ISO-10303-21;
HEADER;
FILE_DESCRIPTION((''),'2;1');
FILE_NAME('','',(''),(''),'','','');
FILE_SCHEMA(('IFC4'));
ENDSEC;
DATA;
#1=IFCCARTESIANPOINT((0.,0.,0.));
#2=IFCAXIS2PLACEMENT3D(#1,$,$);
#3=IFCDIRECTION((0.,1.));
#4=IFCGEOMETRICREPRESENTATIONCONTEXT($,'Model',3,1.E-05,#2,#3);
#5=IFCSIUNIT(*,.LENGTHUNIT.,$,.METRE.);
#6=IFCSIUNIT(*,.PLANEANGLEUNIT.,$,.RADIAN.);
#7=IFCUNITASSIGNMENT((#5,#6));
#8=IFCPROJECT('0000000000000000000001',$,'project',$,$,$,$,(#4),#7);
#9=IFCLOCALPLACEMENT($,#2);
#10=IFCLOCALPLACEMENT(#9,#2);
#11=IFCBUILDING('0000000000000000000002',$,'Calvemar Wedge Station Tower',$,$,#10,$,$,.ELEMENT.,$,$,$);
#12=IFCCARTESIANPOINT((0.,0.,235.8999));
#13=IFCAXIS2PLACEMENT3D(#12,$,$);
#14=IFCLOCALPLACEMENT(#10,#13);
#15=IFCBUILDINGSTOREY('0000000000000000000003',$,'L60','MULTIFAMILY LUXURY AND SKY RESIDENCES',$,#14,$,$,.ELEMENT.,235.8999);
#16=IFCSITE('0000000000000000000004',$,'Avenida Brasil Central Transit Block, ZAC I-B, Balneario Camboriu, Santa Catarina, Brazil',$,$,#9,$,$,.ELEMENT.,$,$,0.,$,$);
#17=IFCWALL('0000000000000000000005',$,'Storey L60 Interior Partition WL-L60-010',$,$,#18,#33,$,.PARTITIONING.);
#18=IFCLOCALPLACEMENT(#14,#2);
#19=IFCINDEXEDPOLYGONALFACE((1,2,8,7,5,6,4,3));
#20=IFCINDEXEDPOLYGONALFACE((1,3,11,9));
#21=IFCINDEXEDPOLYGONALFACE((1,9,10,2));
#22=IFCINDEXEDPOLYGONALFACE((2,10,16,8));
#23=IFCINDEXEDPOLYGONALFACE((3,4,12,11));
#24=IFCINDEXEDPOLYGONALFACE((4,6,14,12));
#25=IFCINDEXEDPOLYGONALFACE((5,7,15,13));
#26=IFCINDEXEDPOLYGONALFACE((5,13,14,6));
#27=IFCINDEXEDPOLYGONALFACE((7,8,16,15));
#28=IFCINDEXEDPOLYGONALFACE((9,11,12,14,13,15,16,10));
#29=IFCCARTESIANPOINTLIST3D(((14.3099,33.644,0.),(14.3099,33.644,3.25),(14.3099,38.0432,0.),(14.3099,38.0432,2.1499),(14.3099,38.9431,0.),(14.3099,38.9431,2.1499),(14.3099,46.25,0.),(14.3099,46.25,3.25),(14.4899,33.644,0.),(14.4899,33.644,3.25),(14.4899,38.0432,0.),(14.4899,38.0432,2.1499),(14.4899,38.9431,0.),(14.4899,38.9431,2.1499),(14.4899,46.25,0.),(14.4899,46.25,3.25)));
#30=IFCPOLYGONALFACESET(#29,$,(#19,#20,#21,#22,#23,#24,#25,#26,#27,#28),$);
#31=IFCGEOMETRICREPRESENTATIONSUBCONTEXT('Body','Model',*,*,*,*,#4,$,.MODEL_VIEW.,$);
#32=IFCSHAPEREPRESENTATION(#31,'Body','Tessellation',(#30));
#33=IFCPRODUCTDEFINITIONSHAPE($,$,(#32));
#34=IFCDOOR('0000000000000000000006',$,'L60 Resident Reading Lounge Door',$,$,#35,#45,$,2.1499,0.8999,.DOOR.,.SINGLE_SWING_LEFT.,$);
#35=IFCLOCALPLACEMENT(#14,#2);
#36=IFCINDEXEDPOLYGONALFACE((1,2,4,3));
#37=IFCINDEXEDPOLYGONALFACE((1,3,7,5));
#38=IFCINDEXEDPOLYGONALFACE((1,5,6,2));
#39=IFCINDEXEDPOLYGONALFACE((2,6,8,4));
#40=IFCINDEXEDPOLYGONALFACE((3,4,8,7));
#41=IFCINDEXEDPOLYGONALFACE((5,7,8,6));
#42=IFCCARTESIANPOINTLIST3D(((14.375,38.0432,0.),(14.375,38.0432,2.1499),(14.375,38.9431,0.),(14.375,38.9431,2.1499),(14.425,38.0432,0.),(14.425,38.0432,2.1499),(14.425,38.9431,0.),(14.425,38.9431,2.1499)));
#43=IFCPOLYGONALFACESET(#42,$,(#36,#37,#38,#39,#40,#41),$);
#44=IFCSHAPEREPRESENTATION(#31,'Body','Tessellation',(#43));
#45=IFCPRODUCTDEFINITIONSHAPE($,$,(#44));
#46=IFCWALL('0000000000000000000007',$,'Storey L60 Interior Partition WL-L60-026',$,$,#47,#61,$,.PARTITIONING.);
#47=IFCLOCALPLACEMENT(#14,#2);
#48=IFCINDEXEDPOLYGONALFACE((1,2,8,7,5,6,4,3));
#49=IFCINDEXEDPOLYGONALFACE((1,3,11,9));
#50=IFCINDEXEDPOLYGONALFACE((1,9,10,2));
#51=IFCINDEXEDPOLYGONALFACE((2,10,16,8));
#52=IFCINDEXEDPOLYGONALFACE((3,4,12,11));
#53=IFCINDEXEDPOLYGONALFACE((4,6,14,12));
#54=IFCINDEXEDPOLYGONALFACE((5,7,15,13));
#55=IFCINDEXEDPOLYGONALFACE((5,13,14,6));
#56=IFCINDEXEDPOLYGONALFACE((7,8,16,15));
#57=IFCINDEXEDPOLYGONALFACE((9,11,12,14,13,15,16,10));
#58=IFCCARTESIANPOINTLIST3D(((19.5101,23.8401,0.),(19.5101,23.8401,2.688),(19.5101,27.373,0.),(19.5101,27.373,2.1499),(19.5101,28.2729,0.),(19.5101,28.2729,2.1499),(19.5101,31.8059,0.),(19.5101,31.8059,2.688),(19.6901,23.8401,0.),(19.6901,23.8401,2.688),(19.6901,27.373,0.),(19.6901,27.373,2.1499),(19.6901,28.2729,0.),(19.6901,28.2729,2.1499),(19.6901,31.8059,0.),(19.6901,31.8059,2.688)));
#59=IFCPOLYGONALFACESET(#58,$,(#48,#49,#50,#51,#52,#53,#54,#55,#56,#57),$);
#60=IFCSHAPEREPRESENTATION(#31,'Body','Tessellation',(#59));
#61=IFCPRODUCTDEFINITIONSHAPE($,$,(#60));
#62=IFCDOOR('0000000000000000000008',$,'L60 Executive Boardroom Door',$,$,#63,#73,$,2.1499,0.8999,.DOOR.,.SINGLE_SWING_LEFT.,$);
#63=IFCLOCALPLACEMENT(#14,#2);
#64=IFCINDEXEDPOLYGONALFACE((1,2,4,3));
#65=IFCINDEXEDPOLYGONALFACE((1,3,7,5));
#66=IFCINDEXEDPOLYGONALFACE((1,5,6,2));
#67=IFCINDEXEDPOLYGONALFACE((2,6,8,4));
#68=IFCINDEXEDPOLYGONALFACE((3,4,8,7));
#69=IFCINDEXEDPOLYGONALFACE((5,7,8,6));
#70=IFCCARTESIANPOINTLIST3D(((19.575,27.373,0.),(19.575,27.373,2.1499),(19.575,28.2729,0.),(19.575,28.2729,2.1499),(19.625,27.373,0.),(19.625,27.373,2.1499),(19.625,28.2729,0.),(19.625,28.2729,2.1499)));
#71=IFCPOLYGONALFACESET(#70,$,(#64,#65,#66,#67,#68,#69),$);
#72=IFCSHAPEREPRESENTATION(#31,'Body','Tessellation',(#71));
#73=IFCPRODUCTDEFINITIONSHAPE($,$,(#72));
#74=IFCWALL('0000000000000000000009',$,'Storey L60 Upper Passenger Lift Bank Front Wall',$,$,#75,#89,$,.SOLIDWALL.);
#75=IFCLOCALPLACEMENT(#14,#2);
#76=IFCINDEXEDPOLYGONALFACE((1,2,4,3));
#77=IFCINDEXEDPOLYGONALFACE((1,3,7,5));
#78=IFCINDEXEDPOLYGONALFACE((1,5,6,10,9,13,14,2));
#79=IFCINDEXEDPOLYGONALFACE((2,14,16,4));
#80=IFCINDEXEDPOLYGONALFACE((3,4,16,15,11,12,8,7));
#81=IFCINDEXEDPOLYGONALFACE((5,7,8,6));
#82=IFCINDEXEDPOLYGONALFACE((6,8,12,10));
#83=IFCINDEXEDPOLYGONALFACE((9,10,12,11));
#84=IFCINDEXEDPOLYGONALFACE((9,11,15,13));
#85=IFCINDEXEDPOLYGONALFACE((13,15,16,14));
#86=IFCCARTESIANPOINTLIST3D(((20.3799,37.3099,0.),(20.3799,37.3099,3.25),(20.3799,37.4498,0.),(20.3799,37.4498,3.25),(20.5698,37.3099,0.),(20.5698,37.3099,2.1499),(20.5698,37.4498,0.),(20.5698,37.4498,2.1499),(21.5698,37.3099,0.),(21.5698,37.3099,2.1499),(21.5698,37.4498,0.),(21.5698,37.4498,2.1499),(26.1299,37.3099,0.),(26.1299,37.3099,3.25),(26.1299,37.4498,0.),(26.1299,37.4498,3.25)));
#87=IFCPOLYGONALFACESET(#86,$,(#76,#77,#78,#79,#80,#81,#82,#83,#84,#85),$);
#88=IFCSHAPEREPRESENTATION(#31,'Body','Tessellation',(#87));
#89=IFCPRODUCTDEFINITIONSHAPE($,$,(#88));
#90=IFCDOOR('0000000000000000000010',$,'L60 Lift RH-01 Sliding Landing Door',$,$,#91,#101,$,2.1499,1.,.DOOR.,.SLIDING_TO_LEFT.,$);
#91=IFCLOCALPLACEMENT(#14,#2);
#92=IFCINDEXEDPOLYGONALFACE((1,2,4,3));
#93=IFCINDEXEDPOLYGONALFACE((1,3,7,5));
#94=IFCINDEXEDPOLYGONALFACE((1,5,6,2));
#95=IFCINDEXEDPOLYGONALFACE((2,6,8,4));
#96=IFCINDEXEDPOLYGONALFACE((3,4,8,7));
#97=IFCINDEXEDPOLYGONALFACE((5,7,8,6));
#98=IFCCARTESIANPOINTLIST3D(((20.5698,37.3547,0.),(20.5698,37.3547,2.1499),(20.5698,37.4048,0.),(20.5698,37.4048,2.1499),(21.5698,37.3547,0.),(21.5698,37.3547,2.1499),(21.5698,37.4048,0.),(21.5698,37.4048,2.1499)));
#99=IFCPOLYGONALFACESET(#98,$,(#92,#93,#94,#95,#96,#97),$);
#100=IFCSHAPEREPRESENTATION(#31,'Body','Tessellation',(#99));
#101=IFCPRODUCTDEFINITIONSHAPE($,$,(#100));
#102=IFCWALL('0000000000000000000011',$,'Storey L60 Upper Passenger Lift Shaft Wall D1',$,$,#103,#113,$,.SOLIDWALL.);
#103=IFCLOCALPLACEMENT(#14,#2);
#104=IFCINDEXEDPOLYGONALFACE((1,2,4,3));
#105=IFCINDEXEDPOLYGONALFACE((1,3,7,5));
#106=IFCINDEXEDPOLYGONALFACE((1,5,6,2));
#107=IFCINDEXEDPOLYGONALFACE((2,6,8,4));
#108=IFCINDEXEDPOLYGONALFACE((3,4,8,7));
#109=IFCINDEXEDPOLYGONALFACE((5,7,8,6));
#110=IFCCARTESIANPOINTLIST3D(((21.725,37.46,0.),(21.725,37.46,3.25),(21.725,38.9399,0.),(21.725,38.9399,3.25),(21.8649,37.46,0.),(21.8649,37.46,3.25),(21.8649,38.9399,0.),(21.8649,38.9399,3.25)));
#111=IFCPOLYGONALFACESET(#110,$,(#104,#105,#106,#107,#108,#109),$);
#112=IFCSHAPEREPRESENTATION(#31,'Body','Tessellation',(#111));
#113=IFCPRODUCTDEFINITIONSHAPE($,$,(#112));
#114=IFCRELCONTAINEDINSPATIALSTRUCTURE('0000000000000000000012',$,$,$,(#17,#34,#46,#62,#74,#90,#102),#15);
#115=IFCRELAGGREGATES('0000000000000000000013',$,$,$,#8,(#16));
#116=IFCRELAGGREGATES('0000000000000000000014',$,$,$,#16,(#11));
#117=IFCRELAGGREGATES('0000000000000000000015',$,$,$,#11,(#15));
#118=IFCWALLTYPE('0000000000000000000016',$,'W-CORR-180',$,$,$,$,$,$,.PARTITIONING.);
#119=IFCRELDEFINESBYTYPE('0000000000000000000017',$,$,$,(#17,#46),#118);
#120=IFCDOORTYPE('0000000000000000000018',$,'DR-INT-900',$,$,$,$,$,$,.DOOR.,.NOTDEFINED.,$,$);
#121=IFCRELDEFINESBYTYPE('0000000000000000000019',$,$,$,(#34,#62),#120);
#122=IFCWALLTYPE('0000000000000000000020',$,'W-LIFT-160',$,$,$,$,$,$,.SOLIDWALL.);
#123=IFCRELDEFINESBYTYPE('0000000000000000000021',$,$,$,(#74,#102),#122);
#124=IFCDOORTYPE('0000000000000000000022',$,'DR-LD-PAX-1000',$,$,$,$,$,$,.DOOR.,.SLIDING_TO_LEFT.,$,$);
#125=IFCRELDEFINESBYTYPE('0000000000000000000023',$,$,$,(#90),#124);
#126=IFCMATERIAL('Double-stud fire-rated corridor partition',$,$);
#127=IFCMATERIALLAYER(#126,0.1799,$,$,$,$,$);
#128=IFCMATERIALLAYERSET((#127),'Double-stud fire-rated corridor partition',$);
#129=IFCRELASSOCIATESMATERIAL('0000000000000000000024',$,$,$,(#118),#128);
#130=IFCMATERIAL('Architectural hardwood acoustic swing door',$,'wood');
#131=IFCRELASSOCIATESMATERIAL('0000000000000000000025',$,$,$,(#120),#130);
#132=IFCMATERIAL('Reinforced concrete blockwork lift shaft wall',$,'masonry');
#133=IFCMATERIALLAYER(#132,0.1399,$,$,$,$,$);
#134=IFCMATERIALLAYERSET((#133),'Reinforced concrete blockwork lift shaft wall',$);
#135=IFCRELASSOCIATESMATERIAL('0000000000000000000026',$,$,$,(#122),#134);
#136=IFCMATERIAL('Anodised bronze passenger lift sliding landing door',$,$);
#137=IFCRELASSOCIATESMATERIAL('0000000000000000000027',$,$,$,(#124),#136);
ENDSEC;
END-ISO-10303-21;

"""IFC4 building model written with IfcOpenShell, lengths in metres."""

from ifc_helpers import new_model, si_unit, direction, frame, frame_2d, origin, place, context, subcontext, project, spatial, rectangle, extrude, source, transform, mapped, material, layer, layer_set, type_object, element, fill, save


model = new_model("IFC4")

# Units and contexts
model_context = context("Model", 3, precision=1e-05, world=origin(), true_north=direction((0.0, 1.0)))
body_context = subcontext(model_context, "Body", "Model", "MODEL_VIEW")
ifc_project = project(units=[si_unit("LENGTHUNIT", "METRE"), si_unit("PLANEANGLEUNIT", "RADIAN")], contexts=[model_context])

# Site, building, storey
site_placement = place(None, origin())
site = spatial("IfcSite", under=ifc_project, at=site_placement, Name="Avenida Brasil Central Transit Block, ZAC I-B, Balneario Camboriu, Santa Catarina, Brazil", CompositionType="ELEMENT", RefElevation=0.0)
building_placement = place(site_placement, origin())
building = spatial("IfcBuilding", under=site, at=building_placement, Name="Calvemar Wedge Station Tower", CompositionType="ELEMENT")
storey_placement = place(building_placement, frame((0.0, 0.0, 235.8999)))
storey = spatial("IfcBuildingStorey", under=building, at=storey_placement, Name="L60", Description="MULTIFAMILY LUXURY AND SKY RESIDENCES", CompositionType="ELEMENT", Elevation=235.8999)

# Shared definitions
ifc_material_1 = material(Name="Double-stud fire-rated corridor partition")
ifc_layer_1 = layer(ifc_material_1, 0.1799)
ifc_layer_set_1 = layer_set([ifc_layer_1], Name="Double-stud fire-rated corridor partition")
wall_type_1 = type_object("IfcWallType", Name="W-CORR-180", PredefinedType="PARTITIONING", material=ifc_layer_set_1)
shared_shape_1 = source(origin(), body_context, "Body", "SweptSolid", [
    extrude(rectangle(XDim=0.8999, YDim=2.1499, at=frame_2d((0.45, 1.075))), frame((0.0, 0.1001, 0.0), z_axis=(0.0, -1.0, 0.0), x_axis=(1.0, 0.0, 0.0)), (0.0, 0.0, 1.0), 0.2),
])

# Walls, openings, doors
wall_1_placement = place(storey_placement, frame((14.3999, 33.644, 0.0), z_axis=(0.0, 0.0, 1.0), x_axis=(0.0, 1.0, 0.0)))
wall_1 = element("IfcWall", 1, at=wall_1_placement, inside=storey, type_object=wall_type_1, Name="Storey L60 Interior Partition WL-L60-010", PredefinedType="PARTITIONING", context=body_context, shape_type="SweptSolid", body=[
    extrude(rectangle(XDim=12.606, YDim=0.1799, at=frame_2d((6.303, 0.0))), origin(), (0.0, 0.0, 1.0), 3.25),
])
opening_1_placement = place(wall_1_placement, frame((4.3992, 0.0, 0.0)))
opening_1 = element("IfcOpeningElement", 2, at=opening_1_placement, cuts=wall_1, PredefinedType="OPENING", context=body_context, shape_type="MappedRepresentation", body=[
    mapped(shared_shape_1, transform((0.0, 0.0, 0.0), scale=1.0)),
])
ifc_material_2 = material(Name="Architectural hardwood acoustic swing door", Category="wood")
door_type_1 = type_object("IfcDoorType", Name="DR-INT-900", OperationType="NOTDEFINED", PredefinedType="DOOR", material=ifc_material_2)
shared_shape_2 = source(origin(), body_context, "Body", "SweptSolid", [
    extrude(rectangle(XDim=0.8999, YDim=2.1499, at=frame_2d((0.45, 1.075))), frame((0.0, 0.0249, 0.0), z_axis=(0.0, -1.0, 0.0), x_axis=(1.0, 0.0, 0.0)), (0.0, 0.0, 1.0), 0.05),
])
door_1_placement = place(opening_1_placement, origin())
door_1 = element("IfcDoor", 3, at=door_1_placement, inside=storey, type_object=door_type_1, Name="L60 Resident Reading Lounge Door", OperationType="SINGLE_SWING_LEFT", OverallHeight=2.1499, OverallWidth=0.8999, PredefinedType="DOOR", context=body_context, shape_type="MappedRepresentation", body=[
    mapped(shared_shape_2, transform((0.0, 0.0, 0.0), scale=1.0)),
])
fill(opening_1, door_1)
wall_2_placement = place(storey_placement, frame((19.6001, 31.8059, 0.0), z_axis=(0.0, 0.0, 1.0), x_axis=(0.0, -1.0, 0.0)))
wall_2 = element("IfcWall", 4, at=wall_2_placement, inside=storey, type_object=wall_type_1, Name="Storey L60 Interior Partition WL-L60-026", PredefinedType="PARTITIONING", context=body_context, shape_type="SweptSolid", body=[
    extrude(rectangle(XDim=7.9658, YDim=0.1799, at=frame_2d((3.9829, 0.0))), origin(), (0.0, 0.0, 1.0), 2.688),
])
opening_2_placement = place(wall_2_placement, frame((3.533, 0.0, 0.0)))
opening_2 = element("IfcOpeningElement", 5, at=opening_2_placement, cuts=wall_2, PredefinedType="OPENING", context=body_context, shape_type="MappedRepresentation", body=[
    mapped(shared_shape_1, transform((0.0, 0.0, 0.0), scale=1.0)),
])
door_2_placement = place(opening_2_placement, origin())
door_2 = element("IfcDoor", 6, at=door_2_placement, inside=storey, type_object=door_type_1, Name="L60 Executive Boardroom Door", OperationType="SINGLE_SWING_LEFT", OverallHeight=2.1499, OverallWidth=0.8999, PredefinedType="DOOR", context=body_context, shape_type="MappedRepresentation", body=[
    mapped(shared_shape_2, transform((0.0, 0.0, 0.0), scale=1.0)),
])
fill(opening_2, door_2)
ifc_material_3 = material(Name="Reinforced concrete blockwork lift shaft wall", Category="masonry")
ifc_layer_2 = layer(ifc_material_3, 0.1399)
ifc_layer_set_2 = layer_set([ifc_layer_2], Name="Reinforced concrete blockwork lift shaft wall")
wall_type_2 = type_object("IfcWallType", Name="W-LIFT-160", PredefinedType="SOLIDWALL", material=ifc_layer_set_2)
wall_3_placement = place(storey_placement, frame((20.3799, 37.3799, 0.0), z_axis=(0.0, 0.0, 1.0), x_axis=(1.0, 0.0, 0.0)))
wall_3 = element("IfcWall", 7, at=wall_3_placement, inside=storey, type_object=wall_type_2, Name="Storey L60 Upper Passenger Lift Bank Front Wall", PredefinedType="SOLIDWALL", context=body_context, shape_type="SweptSolid", body=[
    extrude(rectangle(XDim=5.75, YDim=0.1399, at=frame_2d((2.875, 0.0))), origin(), (0.0, 0.0, 1.0), 3.25),
])
shared_shape_3 = source(origin(), body_context, "Body", "SweptSolid", [
    extrude(rectangle(XDim=1.0, YDim=2.1499, at=frame_2d((0.5, 1.075))), frame((0.0, 0.0801, 0.0), z_axis=(0.0, -1.0, 0.0), x_axis=(1.0, 0.0, 0.0)), (0.0, 0.0, 1.0), 0.1599),
])
opening_3_placement = place(wall_3_placement, frame((0.1899, 0.0, 0.0)))
opening_3 = element("IfcOpeningElement", 8, at=opening_3_placement, cuts=wall_3, PredefinedType="OPENING", context=body_context, shape_type="MappedRepresentation", body=[
    mapped(shared_shape_3, transform((0.0, 0.0, 0.0), scale=1.0)),
])
ifc_material_4 = material(Name="Anodised bronze passenger lift sliding landing door")
door_type_2 = type_object("IfcDoorType", Name="DR-LD-PAX-1000", OperationType="SLIDING_TO_LEFT", PredefinedType="DOOR", material=ifc_material_4)
shared_shape_4 = source(origin(), body_context, "Body", "SweptSolid", [
    extrude(rectangle(XDim=1.0, YDim=2.1499, at=frame_2d((0.5, 1.075))), frame((0.0, 0.0249, 0.0), z_axis=(0.0, -1.0, 0.0), x_axis=(1.0, 0.0, 0.0)), (0.0, 0.0, 1.0), 0.05),
])
door_3_placement = place(opening_3_placement, origin())
door_3 = element("IfcDoor", 9, at=door_3_placement, inside=storey, type_object=door_type_2, Name="L60 Lift RH-01 Sliding Landing Door", OperationType="SLIDING_TO_LEFT", OverallHeight=2.1499, OverallWidth=1.0, PredefinedType="DOOR", context=body_context, shape_type="MappedRepresentation", body=[
    mapped(shared_shape_4, transform((0.0, 0.0, 0.0), scale=1.0)),
])
fill(opening_3, door_3)

# Wall
wall_4_placement = place(storey_placement, frame((21.7949, 37.46, 0.0), z_axis=(0.0, 0.0, 1.0), x_axis=(0.0, 1.0, 0.0)))
element("IfcWall", 10, at=wall_4_placement, inside=storey, type_object=wall_type_2, Name="Storey L60 Upper Passenger Lift Shaft Wall D1", PredefinedType="SOLIDWALL", context=body_context, shape_type="SweptSolid", body=[
    extrude(rectangle(XDim=1.48, YDim=0.1399, at=frame_2d((0.74, 0.0))), origin(), (0.0, 0.0, 1.0), 3.25),
])

save(model, "model.ifc")
